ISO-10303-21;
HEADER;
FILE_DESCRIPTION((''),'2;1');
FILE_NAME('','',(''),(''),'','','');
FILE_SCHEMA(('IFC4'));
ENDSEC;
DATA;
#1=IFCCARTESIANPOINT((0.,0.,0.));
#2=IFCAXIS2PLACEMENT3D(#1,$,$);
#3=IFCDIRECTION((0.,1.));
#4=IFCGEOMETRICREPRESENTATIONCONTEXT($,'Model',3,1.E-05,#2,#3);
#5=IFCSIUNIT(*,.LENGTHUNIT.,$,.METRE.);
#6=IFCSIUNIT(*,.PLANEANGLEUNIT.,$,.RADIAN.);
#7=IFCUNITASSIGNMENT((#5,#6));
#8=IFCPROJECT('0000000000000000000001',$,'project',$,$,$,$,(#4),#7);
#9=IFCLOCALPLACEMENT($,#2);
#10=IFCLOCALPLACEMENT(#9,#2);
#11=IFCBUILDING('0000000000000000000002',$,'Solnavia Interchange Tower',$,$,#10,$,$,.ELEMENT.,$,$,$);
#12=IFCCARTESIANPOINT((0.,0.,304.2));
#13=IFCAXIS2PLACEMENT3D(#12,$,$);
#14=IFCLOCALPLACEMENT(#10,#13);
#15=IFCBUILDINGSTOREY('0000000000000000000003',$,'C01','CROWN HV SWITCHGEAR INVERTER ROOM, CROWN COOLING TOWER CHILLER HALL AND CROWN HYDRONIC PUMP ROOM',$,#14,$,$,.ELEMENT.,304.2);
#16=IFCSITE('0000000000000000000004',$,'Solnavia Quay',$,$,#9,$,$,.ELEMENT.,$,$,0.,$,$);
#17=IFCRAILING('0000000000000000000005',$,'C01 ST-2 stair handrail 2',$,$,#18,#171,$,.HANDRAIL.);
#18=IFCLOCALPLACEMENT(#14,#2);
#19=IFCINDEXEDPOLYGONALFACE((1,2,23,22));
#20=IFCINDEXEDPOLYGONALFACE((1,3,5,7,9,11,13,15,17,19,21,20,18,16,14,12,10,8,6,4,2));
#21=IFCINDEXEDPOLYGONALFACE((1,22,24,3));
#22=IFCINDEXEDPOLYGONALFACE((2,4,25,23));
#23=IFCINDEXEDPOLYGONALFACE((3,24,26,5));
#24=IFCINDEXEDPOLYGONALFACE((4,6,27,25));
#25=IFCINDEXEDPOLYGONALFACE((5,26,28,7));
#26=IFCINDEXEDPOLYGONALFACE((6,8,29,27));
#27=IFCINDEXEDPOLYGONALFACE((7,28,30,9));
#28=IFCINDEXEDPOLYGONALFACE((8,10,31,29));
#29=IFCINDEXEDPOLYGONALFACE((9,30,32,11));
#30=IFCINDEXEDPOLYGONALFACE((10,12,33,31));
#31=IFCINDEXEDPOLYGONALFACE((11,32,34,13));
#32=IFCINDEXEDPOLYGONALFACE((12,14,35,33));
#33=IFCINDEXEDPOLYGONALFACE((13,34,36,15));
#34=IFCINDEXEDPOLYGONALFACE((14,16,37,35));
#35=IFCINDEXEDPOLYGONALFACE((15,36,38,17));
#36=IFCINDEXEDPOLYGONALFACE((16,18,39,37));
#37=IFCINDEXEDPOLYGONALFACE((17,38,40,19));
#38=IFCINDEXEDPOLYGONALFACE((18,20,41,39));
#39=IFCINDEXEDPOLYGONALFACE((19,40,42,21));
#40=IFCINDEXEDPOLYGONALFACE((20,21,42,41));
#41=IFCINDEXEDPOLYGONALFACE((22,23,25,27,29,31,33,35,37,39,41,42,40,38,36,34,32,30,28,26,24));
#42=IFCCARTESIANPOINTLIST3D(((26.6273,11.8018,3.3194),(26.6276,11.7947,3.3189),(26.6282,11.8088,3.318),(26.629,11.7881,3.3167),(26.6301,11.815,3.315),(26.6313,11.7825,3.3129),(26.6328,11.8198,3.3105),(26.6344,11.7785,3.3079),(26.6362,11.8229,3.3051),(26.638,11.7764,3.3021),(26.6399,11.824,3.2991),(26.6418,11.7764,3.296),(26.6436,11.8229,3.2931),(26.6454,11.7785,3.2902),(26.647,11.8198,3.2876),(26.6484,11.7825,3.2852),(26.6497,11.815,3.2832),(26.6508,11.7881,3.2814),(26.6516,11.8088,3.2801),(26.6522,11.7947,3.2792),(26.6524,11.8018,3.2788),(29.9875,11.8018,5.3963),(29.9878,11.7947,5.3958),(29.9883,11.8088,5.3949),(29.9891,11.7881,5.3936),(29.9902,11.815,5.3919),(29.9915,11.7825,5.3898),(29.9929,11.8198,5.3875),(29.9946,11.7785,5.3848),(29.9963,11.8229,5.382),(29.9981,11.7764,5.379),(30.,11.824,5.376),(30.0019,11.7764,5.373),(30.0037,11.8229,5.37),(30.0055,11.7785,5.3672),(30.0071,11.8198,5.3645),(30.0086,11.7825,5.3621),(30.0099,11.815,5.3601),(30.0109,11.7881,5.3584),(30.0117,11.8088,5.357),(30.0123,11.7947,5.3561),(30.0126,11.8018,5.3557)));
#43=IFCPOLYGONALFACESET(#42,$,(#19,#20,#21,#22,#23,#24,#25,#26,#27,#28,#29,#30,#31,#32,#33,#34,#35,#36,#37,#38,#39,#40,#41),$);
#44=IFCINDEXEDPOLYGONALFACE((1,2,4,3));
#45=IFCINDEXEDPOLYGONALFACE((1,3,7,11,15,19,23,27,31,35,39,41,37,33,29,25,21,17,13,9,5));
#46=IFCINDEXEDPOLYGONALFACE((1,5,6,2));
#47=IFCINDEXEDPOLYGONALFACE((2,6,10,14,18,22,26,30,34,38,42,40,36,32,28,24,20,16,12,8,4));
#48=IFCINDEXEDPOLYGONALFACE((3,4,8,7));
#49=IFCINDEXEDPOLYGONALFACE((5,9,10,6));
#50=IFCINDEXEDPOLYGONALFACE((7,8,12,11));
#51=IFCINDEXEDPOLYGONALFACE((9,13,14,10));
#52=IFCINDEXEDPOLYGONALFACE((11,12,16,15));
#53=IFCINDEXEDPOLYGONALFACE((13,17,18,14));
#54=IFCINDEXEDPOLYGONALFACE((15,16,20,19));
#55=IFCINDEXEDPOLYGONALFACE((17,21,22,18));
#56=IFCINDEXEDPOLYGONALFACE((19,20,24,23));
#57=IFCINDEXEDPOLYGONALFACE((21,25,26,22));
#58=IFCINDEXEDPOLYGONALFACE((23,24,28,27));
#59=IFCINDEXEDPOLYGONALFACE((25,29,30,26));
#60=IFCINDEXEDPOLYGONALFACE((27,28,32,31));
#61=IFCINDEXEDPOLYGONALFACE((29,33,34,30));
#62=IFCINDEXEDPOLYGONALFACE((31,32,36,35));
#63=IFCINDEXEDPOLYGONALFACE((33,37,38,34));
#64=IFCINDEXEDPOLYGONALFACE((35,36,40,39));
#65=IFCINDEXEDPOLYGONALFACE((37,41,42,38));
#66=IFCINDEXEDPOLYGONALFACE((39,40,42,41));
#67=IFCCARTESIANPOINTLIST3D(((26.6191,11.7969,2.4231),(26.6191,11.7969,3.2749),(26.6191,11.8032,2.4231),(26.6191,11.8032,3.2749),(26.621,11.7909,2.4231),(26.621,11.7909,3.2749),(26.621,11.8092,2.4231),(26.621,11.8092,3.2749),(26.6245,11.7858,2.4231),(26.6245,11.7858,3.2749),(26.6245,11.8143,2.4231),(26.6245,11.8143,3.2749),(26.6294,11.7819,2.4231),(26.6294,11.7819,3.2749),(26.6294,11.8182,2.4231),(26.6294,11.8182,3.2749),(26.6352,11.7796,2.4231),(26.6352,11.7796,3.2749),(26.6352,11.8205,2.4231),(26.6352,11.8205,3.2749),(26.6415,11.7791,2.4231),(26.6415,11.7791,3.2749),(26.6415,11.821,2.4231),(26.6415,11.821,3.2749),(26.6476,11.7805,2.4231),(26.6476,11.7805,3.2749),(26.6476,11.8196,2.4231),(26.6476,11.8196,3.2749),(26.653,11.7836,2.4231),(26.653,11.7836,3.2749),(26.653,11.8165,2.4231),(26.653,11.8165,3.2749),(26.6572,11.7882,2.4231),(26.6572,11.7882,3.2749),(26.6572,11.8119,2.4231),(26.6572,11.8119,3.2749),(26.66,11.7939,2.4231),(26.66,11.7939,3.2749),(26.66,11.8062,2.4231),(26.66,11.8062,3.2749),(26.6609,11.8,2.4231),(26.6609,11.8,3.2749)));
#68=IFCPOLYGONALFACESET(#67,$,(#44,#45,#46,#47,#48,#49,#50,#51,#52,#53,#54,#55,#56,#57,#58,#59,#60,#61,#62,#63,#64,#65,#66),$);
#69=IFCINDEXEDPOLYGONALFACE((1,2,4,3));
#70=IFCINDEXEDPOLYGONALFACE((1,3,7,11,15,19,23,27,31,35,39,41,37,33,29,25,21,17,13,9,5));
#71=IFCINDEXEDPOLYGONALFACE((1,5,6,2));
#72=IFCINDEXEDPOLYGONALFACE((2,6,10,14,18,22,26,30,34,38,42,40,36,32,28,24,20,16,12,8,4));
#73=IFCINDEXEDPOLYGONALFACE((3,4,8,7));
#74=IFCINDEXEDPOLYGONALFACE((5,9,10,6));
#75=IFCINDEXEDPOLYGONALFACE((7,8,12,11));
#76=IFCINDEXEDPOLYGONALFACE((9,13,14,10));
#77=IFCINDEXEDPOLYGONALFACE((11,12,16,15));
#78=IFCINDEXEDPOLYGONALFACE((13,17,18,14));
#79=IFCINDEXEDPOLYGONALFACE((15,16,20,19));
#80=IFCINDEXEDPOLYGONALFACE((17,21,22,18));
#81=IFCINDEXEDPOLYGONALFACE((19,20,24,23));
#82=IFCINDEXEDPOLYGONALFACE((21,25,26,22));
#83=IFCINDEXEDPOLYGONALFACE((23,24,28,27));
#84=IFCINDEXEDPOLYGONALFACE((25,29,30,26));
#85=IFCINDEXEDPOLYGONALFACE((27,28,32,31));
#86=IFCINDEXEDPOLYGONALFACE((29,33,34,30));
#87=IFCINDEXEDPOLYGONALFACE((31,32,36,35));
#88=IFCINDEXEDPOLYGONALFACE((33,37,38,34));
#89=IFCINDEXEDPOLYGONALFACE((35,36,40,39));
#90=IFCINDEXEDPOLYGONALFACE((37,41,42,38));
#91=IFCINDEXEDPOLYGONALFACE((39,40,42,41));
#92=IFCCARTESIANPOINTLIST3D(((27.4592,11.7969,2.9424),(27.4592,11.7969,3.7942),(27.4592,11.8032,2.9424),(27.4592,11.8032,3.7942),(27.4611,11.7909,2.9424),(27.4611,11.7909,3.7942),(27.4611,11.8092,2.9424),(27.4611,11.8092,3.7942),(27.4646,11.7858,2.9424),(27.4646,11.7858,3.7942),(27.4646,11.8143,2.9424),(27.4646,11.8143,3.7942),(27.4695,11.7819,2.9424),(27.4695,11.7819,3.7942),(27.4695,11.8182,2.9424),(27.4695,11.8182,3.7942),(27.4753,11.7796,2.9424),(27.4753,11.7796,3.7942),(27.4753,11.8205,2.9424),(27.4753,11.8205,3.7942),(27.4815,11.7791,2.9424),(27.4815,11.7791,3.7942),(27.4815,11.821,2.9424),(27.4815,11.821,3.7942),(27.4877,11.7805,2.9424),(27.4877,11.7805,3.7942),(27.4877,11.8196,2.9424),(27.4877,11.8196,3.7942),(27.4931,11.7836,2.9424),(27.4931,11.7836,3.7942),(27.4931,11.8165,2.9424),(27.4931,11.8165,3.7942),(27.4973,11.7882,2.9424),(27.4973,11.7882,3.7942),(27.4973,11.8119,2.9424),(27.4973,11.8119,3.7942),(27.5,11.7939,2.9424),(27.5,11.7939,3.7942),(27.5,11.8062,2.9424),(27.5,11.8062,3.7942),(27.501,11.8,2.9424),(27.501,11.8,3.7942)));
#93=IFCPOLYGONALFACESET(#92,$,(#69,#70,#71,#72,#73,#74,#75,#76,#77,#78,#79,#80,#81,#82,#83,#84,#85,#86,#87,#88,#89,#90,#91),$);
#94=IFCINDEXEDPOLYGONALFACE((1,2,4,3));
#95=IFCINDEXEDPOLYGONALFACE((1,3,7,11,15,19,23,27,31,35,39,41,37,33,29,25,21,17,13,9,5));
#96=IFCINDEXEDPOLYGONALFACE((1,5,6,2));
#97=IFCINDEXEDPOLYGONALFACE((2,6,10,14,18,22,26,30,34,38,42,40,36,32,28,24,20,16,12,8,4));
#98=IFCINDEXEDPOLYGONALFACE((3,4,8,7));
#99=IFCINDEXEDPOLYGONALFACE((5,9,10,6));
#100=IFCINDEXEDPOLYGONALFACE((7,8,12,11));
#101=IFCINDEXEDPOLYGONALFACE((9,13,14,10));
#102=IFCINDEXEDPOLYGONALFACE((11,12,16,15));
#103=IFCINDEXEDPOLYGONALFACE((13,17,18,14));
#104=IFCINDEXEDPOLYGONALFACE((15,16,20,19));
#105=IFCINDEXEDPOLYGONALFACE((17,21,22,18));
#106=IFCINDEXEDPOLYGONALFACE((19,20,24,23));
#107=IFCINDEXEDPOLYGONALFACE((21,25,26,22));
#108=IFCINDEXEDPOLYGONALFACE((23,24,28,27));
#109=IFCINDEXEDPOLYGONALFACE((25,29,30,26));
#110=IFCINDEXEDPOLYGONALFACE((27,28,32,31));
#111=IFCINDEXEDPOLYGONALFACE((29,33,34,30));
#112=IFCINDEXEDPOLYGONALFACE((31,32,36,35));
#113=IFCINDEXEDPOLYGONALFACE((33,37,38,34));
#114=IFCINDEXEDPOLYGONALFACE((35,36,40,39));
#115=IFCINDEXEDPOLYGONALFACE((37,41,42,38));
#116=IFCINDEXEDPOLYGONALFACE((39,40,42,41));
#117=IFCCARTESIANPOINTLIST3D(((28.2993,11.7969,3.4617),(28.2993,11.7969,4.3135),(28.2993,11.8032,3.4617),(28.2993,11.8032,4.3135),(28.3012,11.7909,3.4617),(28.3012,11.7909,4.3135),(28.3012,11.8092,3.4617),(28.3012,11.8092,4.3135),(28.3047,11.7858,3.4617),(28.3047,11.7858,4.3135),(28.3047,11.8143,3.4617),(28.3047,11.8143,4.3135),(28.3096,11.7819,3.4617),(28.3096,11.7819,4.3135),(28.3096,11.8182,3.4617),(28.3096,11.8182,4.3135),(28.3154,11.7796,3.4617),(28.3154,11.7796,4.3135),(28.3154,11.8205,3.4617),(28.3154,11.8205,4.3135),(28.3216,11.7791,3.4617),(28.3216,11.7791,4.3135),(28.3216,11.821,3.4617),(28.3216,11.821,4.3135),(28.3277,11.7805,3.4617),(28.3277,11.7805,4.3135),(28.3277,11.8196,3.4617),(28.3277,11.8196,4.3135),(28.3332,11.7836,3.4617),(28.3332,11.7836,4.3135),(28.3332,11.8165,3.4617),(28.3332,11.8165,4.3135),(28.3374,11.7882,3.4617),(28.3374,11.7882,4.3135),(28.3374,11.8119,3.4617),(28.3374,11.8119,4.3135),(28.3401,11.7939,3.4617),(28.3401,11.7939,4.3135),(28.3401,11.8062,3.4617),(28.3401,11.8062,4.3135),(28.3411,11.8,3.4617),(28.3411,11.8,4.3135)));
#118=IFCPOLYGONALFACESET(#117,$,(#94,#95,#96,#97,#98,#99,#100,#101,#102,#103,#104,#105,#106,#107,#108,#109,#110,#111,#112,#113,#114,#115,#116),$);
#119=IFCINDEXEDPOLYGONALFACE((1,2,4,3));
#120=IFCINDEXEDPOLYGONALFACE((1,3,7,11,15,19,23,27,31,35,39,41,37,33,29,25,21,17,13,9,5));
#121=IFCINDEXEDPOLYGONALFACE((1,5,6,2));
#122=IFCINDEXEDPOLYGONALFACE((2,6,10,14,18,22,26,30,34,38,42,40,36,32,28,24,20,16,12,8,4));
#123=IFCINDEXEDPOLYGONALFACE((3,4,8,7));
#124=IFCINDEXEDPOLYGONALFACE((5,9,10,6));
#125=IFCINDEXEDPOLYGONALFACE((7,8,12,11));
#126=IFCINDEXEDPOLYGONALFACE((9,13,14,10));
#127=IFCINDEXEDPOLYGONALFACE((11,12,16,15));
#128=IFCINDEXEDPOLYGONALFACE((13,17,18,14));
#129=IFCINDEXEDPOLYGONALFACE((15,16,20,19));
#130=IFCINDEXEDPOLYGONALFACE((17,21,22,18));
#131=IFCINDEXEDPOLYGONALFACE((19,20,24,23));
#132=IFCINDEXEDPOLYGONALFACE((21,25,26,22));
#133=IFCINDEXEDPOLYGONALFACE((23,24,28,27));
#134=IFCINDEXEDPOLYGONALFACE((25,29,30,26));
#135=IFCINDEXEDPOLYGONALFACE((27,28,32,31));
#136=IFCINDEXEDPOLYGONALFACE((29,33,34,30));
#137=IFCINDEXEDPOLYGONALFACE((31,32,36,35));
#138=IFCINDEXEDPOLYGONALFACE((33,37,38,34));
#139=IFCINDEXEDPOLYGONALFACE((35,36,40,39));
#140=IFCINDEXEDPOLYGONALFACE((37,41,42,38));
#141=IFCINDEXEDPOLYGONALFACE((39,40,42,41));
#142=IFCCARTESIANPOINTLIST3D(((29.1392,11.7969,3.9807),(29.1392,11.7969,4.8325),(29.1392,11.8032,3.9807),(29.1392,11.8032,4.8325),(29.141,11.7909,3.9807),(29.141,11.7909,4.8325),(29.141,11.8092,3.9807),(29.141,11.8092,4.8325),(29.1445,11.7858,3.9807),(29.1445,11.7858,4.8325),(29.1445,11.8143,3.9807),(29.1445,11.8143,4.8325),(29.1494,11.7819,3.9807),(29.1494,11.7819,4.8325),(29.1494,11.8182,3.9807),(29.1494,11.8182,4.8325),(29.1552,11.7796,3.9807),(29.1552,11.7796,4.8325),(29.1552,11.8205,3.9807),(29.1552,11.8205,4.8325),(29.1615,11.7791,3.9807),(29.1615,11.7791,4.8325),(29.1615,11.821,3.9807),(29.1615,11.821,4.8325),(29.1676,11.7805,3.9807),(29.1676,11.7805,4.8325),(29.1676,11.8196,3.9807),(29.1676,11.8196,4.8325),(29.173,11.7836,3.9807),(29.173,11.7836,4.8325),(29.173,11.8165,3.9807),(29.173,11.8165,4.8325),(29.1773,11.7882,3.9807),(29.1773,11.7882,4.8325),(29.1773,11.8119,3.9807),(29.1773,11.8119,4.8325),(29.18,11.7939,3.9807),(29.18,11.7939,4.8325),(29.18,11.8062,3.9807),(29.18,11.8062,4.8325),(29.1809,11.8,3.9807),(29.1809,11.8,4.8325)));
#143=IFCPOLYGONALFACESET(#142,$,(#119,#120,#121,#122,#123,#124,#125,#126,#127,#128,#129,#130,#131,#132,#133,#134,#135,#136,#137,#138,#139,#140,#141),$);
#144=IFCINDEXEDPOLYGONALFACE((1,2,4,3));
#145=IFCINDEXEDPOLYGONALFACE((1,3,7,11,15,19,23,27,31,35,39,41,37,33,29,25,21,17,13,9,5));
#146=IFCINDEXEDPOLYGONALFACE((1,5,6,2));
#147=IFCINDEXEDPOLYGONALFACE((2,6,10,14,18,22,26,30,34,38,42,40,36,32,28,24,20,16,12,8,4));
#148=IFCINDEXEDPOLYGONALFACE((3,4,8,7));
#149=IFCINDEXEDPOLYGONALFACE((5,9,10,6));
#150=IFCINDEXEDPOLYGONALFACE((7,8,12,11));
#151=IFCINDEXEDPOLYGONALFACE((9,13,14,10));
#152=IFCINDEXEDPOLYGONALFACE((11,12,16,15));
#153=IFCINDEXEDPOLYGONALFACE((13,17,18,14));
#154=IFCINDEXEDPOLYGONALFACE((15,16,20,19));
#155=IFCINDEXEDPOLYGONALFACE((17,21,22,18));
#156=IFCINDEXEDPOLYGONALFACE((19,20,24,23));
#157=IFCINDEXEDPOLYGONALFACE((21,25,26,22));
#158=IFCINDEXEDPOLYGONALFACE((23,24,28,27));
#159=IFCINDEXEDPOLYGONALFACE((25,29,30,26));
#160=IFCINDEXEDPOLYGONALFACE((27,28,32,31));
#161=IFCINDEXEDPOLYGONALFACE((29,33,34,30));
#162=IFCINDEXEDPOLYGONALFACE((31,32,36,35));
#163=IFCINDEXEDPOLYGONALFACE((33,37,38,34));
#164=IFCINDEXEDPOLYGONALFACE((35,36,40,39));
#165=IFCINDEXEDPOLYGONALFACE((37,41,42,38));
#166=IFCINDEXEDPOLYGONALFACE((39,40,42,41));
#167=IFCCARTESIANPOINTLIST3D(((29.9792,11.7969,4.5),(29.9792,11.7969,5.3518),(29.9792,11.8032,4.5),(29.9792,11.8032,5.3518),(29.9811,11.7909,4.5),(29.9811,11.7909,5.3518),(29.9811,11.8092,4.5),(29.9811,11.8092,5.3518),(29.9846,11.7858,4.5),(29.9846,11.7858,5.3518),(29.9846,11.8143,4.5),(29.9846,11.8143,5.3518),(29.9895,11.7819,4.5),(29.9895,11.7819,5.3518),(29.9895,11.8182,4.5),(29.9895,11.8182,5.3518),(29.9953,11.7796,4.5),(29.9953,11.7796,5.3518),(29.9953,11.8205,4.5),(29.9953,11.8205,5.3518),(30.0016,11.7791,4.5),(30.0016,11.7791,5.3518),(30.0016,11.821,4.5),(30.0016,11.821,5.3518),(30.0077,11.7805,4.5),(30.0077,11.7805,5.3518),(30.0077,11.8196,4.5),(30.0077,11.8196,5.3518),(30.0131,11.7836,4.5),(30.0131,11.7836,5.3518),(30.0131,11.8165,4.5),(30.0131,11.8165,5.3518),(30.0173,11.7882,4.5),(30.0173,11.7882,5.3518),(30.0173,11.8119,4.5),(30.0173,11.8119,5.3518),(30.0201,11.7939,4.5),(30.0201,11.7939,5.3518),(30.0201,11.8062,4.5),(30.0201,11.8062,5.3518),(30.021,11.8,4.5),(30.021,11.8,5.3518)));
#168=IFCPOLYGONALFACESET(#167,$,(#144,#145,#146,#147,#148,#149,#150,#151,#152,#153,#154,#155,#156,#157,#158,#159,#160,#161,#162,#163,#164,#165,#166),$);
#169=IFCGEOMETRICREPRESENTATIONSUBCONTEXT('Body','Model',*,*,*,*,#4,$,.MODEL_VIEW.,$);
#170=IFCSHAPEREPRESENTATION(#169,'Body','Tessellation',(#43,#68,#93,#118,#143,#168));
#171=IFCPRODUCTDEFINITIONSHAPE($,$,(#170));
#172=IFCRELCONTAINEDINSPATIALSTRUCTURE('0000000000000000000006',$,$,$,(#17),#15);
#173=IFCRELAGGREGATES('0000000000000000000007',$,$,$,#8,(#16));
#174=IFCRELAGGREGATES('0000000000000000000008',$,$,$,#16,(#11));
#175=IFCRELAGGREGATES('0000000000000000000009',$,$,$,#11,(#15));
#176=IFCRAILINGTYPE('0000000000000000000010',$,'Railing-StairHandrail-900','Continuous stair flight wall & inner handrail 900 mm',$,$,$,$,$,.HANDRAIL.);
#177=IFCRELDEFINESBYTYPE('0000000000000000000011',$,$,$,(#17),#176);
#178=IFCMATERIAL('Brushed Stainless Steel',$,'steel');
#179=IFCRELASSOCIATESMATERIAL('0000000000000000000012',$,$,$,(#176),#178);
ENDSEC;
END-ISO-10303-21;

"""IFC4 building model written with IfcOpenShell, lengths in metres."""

from ifc_helpers import new_model, si_unit, direction, frame, origin, origin_2d, place, context, subcontext, project, spatial, circle, extrude, material, type_object, element, save


model = new_model("IFC4")

# Units and contexts
model_context = context("Model", 3, precision=1e-05, world=origin(), true_north=direction((0.0, 1.0)))
body_context = subcontext(model_context, "Body", "Model", "MODEL_VIEW")
ifc_project = project(units=[si_unit("LENGTHUNIT", "METRE"), si_unit("PLANEANGLEUNIT", "RADIAN")], contexts=[model_context])

# Site, building, storey
site_placement = place(None, origin())
site = spatial("IfcSite", under=ifc_project, at=site_placement, Name="Solnavia Quay", CompositionType="ELEMENT", RefElevation=0.0)
building_placement = place(site_placement, origin())
building = spatial("IfcBuilding", under=site, at=building_placement, Name="Solnavia Interchange Tower", CompositionType="ELEMENT")
storey_placement = place(building_placement, frame((0.0, 0.0, 304.2)))
storey = spatial("IfcBuildingStorey", under=building, at=storey_placement, Name="C01", Description="CROWN HV SWITCHGEAR INVERTER ROOM, CROWN COOLING TOWER CHILLER HALL AND CROWN HYDRONIC PUMP ROOM", CompositionType="ELEMENT", Elevation=304.2)

# Railing
ifc_material_1 = material(Name="Brushed Stainless Steel", Category="steel")
railing_type_1 = type_object("IfcRailingType", Name="Railing-StairHandrail-900", Description="Continuous stair flight wall & inner handrail 900 mm", PredefinedType="HANDRAIL", material=ifc_material_1)
railing_1_placement = place(storey_placement, frame((26.6399, 11.8, 2.4231)))
element("IfcRailing", 1, at=railing_1_placement, inside=storey, type_object=railing_type_1, Name="C01 ST-2 stair handrail 2", PredefinedType="HANDRAIL", context=body_context, shape_type="SweptSolid", body=[
    extrude(circle(Radius=0.0239, at=origin_2d()), frame((0.0, 0.0, 0.876), z_axis=(0.850623, 0.0, 0.525776), x_axis=(0.0, 1.0, 0.0)), (0.0, 0.0, 1.0), 3.9502),
    extrude(circle(Radius=0.021, at=origin_2d()), origin(), (0.0, 0.0, 1.0), 0.8518),
    extrude(circle(Radius=0.021, at=origin_2d()), frame((0.8401, 0.0, 0.5193)), (0.0, 0.0, 1.0), 0.8518),
    extrude(circle(Radius=0.021, at=origin_2d()), frame((1.6802, 0.0, 1.0386)), (0.0, 0.0, 1.0), 0.8518),
    extrude(circle(Radius=0.021, at=origin_2d()), frame((2.52, 0.0, 1.5576)), (0.0, 0.0, 1.0), 0.8518),
    extrude(circle(Radius=0.021, at=origin_2d()), frame((3.3601, 0.0, 2.0769)), (0.0, 0.0, 1.0), 0.8518),
])

save(model, "model.ifc")
